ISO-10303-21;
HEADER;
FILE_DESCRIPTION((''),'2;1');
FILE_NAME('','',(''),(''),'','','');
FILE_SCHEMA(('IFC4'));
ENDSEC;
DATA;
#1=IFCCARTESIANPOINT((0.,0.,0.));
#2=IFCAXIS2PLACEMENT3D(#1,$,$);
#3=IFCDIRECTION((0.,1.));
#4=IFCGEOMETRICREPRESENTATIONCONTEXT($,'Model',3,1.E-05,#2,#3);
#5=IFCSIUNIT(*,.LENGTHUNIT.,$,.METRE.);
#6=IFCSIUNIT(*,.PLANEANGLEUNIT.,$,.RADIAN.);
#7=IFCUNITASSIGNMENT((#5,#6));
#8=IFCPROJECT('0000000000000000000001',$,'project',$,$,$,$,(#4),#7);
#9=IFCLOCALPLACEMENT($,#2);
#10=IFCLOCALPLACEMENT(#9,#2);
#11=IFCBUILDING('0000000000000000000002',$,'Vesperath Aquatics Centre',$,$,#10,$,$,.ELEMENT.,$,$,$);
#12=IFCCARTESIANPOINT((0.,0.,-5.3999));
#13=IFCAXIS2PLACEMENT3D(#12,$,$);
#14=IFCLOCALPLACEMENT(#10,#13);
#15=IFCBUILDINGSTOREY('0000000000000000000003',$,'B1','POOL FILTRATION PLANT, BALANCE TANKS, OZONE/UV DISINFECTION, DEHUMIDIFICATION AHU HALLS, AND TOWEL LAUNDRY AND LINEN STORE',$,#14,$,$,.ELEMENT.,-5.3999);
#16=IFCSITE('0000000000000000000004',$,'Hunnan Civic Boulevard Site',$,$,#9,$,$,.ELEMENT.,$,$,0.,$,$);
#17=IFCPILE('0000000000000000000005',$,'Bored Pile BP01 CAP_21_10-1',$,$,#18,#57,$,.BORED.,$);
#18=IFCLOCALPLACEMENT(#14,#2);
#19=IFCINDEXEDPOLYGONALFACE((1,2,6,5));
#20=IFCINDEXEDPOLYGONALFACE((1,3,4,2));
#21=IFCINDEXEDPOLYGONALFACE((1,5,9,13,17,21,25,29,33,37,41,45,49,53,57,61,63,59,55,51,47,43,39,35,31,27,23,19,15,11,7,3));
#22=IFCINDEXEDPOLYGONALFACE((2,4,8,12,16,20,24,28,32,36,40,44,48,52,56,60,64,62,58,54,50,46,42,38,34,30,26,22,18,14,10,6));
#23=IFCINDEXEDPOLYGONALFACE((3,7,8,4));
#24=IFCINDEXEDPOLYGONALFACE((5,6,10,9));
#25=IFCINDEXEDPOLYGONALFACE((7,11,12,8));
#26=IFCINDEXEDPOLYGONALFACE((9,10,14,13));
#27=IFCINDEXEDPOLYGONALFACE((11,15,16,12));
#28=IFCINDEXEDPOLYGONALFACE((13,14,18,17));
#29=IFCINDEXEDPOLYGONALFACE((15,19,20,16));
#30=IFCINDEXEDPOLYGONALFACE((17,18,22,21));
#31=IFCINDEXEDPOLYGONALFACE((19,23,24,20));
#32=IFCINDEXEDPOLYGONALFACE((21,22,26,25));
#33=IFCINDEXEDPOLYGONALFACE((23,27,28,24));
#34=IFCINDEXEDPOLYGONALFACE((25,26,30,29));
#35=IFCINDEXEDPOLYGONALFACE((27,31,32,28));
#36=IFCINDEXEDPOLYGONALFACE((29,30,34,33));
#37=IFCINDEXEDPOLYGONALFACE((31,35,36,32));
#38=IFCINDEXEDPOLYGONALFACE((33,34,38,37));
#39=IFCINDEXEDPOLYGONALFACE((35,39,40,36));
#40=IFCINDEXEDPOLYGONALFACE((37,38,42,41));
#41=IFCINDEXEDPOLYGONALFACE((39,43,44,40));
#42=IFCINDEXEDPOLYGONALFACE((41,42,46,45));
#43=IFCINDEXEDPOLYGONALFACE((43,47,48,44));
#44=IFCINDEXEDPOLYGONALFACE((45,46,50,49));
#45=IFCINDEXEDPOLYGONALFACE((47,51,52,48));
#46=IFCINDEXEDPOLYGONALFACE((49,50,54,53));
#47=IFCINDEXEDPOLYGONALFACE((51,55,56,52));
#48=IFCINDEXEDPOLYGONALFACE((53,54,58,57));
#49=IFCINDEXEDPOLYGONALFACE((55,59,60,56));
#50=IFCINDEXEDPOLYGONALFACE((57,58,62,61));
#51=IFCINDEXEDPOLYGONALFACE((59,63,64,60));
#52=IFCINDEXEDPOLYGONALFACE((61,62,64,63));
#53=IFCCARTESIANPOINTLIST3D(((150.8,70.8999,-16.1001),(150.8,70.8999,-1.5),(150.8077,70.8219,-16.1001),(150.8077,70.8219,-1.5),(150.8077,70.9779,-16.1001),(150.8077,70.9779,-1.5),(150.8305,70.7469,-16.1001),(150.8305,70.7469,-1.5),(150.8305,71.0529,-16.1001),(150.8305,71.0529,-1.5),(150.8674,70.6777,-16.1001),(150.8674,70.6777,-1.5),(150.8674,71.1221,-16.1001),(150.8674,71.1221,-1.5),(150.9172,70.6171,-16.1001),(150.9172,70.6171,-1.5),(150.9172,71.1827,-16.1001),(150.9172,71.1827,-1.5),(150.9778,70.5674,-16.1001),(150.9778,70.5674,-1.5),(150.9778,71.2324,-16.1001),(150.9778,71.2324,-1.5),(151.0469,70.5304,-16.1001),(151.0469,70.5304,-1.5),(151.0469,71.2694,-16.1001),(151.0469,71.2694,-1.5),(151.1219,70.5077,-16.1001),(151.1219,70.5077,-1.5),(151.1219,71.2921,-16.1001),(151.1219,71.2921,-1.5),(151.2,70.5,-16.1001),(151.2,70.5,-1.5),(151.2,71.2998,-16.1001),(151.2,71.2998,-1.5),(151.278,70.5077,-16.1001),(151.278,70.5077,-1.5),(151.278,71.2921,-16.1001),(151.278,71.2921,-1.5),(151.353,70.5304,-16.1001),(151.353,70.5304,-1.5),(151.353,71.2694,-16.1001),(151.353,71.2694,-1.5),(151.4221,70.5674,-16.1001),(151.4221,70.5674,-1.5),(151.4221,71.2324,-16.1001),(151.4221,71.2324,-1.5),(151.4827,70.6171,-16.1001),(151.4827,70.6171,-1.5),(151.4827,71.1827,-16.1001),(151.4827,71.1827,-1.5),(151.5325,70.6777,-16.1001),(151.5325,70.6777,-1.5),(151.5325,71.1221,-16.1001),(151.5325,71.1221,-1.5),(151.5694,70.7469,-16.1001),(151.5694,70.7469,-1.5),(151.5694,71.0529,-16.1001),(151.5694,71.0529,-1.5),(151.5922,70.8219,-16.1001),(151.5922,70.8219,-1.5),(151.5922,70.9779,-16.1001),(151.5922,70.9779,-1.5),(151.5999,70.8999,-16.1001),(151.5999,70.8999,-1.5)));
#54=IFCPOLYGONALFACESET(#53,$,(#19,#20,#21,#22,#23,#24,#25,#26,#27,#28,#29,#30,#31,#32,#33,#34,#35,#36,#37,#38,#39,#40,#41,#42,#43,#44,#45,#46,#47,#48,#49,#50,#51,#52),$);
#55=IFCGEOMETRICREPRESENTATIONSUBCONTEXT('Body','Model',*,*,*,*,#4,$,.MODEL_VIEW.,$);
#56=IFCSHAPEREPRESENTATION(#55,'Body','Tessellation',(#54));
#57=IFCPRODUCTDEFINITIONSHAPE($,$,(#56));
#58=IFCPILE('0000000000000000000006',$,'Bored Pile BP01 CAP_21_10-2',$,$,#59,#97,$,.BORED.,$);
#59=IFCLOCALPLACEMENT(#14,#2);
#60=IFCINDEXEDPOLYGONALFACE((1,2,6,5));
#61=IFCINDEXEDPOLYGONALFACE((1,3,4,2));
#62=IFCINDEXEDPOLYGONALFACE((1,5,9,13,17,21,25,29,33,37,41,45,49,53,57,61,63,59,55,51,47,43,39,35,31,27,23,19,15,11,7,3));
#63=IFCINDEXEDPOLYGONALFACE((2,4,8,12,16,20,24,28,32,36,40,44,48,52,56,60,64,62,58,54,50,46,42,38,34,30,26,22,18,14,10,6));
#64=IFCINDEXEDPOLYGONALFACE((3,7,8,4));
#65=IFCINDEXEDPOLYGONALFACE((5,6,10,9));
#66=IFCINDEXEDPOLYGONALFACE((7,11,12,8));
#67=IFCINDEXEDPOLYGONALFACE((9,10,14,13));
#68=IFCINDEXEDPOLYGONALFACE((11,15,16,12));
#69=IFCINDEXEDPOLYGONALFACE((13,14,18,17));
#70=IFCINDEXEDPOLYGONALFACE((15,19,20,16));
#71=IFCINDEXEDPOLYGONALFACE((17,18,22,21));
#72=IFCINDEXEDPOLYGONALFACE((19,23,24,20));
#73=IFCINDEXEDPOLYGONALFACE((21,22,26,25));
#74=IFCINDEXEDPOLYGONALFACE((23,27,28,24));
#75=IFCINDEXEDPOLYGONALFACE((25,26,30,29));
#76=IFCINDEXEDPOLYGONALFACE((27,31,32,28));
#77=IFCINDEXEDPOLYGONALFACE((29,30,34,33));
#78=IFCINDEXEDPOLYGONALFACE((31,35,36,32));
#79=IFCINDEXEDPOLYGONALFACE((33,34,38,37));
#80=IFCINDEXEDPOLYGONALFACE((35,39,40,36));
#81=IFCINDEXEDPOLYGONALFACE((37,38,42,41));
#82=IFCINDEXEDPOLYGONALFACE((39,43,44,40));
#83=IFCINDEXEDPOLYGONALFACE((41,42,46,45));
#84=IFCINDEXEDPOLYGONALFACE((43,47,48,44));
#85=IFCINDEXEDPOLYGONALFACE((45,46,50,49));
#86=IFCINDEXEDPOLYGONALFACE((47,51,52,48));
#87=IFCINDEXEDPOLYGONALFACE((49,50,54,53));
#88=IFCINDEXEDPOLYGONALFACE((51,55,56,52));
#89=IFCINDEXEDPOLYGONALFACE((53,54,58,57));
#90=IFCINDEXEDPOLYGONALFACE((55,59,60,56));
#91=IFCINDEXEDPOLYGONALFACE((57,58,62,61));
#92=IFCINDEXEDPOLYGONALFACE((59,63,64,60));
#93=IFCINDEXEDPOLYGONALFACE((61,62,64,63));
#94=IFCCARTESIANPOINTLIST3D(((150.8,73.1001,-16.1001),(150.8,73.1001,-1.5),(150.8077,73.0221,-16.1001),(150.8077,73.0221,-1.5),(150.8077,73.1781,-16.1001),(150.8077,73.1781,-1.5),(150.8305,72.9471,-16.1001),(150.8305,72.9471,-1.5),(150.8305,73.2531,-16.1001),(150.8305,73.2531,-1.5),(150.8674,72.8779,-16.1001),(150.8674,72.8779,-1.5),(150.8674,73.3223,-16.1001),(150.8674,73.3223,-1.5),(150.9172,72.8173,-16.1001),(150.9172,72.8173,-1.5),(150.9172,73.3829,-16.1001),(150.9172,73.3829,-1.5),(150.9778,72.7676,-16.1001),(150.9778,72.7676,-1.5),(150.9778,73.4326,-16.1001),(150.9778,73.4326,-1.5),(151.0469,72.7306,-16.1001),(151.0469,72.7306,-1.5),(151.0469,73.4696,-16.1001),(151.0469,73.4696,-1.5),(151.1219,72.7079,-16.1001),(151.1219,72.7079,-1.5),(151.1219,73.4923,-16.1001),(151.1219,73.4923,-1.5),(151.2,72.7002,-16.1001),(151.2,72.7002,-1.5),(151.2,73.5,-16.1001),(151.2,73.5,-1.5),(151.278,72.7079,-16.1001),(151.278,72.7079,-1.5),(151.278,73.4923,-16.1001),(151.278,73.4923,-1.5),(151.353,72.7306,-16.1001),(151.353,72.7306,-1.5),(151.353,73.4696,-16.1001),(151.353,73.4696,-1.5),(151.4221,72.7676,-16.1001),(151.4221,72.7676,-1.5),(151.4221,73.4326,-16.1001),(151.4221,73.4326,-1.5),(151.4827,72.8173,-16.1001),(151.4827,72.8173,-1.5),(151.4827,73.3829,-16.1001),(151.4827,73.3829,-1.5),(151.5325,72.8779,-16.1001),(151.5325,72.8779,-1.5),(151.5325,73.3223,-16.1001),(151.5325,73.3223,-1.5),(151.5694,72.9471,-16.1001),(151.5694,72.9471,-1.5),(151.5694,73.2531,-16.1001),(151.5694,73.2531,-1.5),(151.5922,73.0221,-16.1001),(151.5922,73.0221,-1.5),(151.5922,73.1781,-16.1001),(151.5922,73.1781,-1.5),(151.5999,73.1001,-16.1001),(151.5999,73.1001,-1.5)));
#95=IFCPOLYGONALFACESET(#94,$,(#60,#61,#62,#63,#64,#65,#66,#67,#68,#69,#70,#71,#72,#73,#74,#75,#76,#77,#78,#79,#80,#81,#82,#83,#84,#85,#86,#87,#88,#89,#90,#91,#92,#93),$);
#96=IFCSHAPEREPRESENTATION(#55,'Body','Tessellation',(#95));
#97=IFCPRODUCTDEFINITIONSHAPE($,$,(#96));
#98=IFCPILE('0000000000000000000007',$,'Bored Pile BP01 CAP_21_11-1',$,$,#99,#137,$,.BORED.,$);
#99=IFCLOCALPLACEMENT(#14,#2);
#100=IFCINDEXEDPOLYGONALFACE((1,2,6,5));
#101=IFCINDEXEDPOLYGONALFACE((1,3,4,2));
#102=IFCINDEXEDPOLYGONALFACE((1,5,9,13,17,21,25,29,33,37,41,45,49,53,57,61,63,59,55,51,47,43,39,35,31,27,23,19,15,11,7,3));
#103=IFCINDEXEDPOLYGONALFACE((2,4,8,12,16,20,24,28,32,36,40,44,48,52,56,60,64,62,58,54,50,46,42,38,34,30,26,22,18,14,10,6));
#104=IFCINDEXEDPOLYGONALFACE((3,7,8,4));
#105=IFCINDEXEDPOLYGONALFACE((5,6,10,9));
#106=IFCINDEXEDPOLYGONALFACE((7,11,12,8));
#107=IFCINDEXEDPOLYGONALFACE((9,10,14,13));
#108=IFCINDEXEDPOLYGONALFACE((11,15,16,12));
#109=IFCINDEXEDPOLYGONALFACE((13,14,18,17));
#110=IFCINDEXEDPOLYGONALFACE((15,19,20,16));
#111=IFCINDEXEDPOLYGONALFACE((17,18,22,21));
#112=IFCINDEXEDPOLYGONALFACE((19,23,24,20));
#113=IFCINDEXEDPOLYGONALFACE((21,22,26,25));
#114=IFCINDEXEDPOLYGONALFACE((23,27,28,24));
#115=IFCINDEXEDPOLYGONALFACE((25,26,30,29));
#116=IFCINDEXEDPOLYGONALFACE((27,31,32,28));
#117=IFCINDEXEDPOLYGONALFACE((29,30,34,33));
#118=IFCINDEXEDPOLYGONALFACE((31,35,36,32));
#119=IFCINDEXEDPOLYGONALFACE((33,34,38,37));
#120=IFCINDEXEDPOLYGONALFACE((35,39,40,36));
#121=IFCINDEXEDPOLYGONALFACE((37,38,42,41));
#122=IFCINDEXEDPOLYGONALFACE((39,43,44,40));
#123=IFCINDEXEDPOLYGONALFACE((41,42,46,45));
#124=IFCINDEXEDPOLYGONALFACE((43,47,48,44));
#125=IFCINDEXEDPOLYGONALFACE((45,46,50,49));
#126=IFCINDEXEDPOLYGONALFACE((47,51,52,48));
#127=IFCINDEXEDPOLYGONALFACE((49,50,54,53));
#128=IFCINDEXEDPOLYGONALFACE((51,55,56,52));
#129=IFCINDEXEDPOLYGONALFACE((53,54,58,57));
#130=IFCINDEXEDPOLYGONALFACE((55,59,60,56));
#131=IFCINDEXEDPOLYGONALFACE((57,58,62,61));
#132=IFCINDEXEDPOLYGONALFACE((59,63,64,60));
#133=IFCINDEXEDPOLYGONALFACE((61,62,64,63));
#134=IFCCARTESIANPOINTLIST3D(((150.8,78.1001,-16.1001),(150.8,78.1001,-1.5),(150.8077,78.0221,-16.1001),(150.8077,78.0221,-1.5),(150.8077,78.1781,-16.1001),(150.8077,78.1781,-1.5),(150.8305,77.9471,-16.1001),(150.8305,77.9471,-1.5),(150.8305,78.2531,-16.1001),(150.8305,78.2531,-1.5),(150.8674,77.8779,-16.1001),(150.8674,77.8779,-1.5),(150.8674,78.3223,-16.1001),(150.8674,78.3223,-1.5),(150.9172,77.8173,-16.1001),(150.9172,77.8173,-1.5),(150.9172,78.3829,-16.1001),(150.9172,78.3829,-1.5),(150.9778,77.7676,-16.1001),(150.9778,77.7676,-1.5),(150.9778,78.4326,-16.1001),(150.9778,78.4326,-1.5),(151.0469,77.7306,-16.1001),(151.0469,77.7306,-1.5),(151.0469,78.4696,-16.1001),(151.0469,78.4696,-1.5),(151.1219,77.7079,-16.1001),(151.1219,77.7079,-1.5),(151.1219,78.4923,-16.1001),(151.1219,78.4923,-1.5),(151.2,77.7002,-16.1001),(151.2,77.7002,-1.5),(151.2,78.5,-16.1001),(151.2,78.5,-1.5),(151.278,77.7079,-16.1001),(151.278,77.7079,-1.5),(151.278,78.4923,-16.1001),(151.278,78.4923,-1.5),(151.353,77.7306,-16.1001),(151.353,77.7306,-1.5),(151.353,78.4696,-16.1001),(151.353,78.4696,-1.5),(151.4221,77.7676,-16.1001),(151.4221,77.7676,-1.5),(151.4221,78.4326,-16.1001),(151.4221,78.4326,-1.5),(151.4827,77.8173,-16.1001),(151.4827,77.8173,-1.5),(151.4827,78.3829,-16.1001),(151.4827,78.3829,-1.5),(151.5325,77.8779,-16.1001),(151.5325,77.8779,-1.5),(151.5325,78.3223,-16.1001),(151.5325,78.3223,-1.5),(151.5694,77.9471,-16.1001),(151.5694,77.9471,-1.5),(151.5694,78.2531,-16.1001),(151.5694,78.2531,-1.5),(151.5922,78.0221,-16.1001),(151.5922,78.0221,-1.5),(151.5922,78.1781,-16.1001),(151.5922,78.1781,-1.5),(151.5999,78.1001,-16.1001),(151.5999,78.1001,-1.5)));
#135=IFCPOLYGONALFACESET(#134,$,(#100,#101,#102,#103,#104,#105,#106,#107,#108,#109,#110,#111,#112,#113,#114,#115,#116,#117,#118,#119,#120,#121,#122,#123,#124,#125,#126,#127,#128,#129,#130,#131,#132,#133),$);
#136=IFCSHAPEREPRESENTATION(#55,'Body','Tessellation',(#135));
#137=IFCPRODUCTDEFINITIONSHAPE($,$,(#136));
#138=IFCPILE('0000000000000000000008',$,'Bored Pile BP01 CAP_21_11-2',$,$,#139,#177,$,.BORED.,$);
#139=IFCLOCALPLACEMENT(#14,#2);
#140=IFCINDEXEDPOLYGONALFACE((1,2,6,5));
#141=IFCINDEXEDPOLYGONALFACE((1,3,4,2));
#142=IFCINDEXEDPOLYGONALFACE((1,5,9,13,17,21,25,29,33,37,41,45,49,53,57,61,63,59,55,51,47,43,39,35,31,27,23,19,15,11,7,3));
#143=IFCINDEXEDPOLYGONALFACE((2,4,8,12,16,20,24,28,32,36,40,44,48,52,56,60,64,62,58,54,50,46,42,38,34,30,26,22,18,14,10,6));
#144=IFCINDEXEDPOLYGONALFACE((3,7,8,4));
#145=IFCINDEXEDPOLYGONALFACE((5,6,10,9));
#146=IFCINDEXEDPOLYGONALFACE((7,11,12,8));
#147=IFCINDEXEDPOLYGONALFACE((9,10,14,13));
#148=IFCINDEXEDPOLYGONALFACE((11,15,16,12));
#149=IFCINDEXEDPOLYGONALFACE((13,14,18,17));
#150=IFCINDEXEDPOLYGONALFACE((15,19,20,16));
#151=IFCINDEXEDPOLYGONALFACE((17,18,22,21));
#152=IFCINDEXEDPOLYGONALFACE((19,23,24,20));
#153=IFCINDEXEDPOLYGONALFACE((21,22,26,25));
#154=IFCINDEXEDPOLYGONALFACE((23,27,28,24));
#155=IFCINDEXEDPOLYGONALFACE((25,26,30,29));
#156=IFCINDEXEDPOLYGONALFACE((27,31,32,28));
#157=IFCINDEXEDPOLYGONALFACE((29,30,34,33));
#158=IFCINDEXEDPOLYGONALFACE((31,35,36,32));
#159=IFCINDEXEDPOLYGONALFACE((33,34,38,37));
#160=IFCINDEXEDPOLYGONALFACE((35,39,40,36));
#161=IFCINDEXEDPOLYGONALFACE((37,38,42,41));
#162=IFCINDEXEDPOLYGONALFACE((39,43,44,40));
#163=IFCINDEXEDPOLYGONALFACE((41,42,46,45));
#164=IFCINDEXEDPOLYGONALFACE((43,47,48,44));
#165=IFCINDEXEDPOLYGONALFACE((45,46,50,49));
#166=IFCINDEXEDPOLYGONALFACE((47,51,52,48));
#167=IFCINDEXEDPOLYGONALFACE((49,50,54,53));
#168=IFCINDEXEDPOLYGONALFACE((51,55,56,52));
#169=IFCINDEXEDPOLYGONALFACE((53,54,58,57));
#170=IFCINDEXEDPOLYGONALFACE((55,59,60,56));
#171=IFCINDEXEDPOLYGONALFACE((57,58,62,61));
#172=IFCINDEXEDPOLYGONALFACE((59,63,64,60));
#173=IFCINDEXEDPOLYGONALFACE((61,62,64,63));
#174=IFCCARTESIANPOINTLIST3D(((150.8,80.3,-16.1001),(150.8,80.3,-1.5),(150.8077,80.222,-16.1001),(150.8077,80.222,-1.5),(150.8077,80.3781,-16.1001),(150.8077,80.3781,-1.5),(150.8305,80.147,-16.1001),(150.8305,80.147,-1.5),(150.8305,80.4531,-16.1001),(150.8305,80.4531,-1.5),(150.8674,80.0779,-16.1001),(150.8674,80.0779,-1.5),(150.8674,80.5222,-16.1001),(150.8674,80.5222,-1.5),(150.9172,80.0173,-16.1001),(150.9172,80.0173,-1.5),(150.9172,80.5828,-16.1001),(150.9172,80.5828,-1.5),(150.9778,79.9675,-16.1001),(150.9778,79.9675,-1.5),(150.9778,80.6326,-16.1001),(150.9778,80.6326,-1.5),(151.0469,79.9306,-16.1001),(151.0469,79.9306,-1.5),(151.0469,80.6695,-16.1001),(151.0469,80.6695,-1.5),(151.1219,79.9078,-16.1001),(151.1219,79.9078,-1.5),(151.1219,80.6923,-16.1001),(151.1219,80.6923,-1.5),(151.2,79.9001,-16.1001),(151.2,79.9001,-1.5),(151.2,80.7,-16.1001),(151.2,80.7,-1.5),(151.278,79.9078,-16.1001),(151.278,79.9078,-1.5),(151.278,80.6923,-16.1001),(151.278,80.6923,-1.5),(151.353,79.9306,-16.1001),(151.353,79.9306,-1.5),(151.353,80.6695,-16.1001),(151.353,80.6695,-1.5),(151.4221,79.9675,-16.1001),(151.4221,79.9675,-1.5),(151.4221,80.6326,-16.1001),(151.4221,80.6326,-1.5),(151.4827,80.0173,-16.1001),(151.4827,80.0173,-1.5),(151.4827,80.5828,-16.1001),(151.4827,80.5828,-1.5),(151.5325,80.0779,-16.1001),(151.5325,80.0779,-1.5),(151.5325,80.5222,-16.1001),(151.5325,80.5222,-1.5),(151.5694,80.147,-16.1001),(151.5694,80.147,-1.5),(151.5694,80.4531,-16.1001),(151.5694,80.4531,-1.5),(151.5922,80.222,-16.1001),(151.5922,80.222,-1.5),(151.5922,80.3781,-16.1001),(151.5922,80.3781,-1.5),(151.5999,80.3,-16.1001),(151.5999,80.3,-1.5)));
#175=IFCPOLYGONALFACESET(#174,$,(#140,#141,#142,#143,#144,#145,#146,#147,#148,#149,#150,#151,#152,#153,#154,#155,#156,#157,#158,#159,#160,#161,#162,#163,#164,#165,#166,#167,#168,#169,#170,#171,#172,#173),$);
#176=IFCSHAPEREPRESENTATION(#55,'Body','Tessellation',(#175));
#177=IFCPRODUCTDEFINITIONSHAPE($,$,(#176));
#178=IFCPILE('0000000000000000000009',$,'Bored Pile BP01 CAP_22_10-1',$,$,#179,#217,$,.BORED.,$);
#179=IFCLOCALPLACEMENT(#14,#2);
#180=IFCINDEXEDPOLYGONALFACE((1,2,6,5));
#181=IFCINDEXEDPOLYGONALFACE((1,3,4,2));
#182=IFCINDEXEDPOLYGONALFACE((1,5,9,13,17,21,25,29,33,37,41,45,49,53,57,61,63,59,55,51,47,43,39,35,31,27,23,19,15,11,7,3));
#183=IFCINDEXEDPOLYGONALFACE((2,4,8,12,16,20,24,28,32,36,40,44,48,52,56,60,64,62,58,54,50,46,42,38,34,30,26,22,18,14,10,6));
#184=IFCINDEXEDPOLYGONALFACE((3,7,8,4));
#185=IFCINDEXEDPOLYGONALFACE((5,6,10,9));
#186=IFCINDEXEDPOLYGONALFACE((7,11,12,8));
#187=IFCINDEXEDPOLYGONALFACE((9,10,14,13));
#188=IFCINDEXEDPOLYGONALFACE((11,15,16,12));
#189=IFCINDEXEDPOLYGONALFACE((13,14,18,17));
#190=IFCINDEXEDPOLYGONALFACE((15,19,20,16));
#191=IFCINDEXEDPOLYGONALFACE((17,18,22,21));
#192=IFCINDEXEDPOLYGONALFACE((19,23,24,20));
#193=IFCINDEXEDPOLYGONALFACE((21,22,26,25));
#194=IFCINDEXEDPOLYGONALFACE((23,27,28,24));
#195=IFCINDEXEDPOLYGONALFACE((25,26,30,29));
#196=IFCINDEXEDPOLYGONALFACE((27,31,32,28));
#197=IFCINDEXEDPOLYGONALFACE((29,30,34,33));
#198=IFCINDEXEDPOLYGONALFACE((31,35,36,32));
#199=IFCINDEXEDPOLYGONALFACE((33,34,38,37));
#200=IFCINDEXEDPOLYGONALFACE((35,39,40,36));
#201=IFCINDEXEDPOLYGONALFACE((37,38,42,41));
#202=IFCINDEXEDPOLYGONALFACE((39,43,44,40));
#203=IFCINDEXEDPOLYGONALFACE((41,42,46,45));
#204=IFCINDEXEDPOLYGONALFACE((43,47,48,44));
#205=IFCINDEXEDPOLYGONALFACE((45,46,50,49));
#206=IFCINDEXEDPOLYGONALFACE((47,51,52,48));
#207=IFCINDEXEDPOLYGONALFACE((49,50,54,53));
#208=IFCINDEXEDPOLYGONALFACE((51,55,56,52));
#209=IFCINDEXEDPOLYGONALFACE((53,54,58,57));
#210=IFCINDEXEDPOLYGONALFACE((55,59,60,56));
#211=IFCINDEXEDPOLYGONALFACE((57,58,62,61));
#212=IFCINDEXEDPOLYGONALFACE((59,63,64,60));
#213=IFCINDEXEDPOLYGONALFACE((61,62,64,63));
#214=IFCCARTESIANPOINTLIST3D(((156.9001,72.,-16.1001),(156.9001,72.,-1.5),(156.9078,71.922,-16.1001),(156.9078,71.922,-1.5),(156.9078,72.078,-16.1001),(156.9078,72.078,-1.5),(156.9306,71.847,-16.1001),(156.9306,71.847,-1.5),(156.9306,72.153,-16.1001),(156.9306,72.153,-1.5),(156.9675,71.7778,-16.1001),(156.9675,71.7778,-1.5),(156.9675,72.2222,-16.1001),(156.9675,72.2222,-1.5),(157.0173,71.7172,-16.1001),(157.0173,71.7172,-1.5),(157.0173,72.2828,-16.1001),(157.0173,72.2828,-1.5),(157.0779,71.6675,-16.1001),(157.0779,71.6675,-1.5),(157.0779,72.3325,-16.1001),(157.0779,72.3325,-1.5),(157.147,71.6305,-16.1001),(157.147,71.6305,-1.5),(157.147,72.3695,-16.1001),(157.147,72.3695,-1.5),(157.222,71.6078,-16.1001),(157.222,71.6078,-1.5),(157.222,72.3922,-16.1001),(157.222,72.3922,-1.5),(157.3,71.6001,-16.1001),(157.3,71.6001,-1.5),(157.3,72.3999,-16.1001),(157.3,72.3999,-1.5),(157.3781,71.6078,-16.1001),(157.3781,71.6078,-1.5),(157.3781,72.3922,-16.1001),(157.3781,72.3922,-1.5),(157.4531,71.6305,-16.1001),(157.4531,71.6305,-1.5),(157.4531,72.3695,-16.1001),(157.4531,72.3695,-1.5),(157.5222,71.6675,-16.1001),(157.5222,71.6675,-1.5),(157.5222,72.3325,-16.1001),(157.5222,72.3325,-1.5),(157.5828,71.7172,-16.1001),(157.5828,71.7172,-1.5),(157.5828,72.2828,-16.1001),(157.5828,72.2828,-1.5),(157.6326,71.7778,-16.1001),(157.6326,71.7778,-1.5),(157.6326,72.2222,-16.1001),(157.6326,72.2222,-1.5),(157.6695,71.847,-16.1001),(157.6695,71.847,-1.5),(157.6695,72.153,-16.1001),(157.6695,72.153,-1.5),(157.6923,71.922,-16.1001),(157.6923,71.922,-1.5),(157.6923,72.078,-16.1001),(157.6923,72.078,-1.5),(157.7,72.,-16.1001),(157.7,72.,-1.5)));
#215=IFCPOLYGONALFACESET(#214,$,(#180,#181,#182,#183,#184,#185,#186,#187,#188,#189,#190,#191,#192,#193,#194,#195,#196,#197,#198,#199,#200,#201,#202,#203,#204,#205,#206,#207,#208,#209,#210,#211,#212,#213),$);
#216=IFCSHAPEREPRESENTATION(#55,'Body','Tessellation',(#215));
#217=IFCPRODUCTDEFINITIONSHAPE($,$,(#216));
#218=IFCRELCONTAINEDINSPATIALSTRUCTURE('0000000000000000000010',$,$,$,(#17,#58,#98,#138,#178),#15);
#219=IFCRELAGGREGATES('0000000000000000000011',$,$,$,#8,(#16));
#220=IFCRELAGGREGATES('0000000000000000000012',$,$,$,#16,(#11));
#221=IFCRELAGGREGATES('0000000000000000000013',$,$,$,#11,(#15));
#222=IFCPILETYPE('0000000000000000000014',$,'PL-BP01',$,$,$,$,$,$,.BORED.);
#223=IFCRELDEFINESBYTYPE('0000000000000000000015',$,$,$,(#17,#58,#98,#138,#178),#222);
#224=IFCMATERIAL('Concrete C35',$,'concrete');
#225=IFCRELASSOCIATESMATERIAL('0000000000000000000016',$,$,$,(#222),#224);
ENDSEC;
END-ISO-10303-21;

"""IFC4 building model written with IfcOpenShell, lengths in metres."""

from ifc_helpers import new_model, si_unit, direction, frame, origin, origin_2d, place, context, subcontext, project, spatial, circle, extrude, material, material_profile, profile_set, type_object, element, save


model = new_model("IFC4")

# Units and contexts
model_context = context("Model", 3, precision=1e-05, world=origin(), true_north=direction((0.0, 1.0)))
body_context = subcontext(model_context, "Body", "Model", "MODEL_VIEW")
ifc_project = project(units=[si_unit("LENGTHUNIT", "METRE"), si_unit("PLANEANGLEUNIT", "RADIAN")], contexts=[model_context])

# Site, building, storey
site_placement = place(None, origin())
site = spatial("IfcSite", under=ifc_project, at=site_placement, Name="Hunnan Civic Boulevard Site", CompositionType="ELEMENT", RefElevation=0.0)
building_placement = place(site_placement, origin())
building = spatial("IfcBuilding", under=site, at=building_placement, Name="Vesperath Aquatics Centre", CompositionType="ELEMENT")
storey_placement = place(building_placement, frame((0.0, 0.0, -5.3999)))
storey = spatial("IfcBuildingStorey", under=building, at=storey_placement, Name="B1", Description="POOL FILTRATION PLANT, BALANCE TANKS, OZONE/UV DISINFECTION, DEHUMIDIFICATION AHU HALLS, AND TOWEL LAUNDRY AND LINEN STORE", CompositionType="ELEMENT", Elevation=-5.3999)

# Piles
ifc_material_1 = material(Name="Concrete C35", Category="concrete")
ifc_material_profile_1 = material_profile(ifc_material_1, circle(Radius=0.3999, at=origin_2d()), Name="PILE D800")
ifc_profile_set_1 = profile_set([ifc_material_profile_1], Name="Concrete C35")
pile_type = type_object("IfcPileType", Name="PL-BP01", PredefinedType="BORED", material=ifc_profile_set_1)
for number, where, z_axis, x_axis, name in (
    (1, (151.2, 70.8999, -1.5), (0.0, 0.0, -1.0), (1.0, 0.0, 0.0), "Bored Pile BP01 CAP_21_10-1"),
    (2, (151.2, 73.1001, -1.5), (0.0, 0.0, -1.0), (1.0, 0.0, 0.0), "Bored Pile BP01 CAP_21_10-2"),
    (3, (151.2, 78.1001, -1.5), (0.0, 0.0, -1.0), (1.0, 0.0, 0.0), "Bored Pile BP01 CAP_21_11-1"),
    (4, (151.2, 80.3, -1.5), (0.0, 0.0, -1.0), (1.0, 0.0, 0.0), "Bored Pile BP01 CAP_21_11-2"),
    (5, (157.3, 72.0, -1.5), (0.0, 0.0, -1.0), (1.0, 0.0, 0.0), "Bored Pile BP01 CAP_22_10-1"),
):
    element("IfcPile", number, at=place(storey_placement, frame(where, z_axis=z_axis, x_axis=x_axis)), inside=storey, type_object=pile_type, Name=name, PredefinedType="BORED", context=body_context, shape_type="SweptSolid", body=[
        extrude(circle(Radius=0.3999, at=origin_2d()), origin(), (0.0, 0.0, 1.0), 14.6001),
    ])

save(model, "model.ifc")
